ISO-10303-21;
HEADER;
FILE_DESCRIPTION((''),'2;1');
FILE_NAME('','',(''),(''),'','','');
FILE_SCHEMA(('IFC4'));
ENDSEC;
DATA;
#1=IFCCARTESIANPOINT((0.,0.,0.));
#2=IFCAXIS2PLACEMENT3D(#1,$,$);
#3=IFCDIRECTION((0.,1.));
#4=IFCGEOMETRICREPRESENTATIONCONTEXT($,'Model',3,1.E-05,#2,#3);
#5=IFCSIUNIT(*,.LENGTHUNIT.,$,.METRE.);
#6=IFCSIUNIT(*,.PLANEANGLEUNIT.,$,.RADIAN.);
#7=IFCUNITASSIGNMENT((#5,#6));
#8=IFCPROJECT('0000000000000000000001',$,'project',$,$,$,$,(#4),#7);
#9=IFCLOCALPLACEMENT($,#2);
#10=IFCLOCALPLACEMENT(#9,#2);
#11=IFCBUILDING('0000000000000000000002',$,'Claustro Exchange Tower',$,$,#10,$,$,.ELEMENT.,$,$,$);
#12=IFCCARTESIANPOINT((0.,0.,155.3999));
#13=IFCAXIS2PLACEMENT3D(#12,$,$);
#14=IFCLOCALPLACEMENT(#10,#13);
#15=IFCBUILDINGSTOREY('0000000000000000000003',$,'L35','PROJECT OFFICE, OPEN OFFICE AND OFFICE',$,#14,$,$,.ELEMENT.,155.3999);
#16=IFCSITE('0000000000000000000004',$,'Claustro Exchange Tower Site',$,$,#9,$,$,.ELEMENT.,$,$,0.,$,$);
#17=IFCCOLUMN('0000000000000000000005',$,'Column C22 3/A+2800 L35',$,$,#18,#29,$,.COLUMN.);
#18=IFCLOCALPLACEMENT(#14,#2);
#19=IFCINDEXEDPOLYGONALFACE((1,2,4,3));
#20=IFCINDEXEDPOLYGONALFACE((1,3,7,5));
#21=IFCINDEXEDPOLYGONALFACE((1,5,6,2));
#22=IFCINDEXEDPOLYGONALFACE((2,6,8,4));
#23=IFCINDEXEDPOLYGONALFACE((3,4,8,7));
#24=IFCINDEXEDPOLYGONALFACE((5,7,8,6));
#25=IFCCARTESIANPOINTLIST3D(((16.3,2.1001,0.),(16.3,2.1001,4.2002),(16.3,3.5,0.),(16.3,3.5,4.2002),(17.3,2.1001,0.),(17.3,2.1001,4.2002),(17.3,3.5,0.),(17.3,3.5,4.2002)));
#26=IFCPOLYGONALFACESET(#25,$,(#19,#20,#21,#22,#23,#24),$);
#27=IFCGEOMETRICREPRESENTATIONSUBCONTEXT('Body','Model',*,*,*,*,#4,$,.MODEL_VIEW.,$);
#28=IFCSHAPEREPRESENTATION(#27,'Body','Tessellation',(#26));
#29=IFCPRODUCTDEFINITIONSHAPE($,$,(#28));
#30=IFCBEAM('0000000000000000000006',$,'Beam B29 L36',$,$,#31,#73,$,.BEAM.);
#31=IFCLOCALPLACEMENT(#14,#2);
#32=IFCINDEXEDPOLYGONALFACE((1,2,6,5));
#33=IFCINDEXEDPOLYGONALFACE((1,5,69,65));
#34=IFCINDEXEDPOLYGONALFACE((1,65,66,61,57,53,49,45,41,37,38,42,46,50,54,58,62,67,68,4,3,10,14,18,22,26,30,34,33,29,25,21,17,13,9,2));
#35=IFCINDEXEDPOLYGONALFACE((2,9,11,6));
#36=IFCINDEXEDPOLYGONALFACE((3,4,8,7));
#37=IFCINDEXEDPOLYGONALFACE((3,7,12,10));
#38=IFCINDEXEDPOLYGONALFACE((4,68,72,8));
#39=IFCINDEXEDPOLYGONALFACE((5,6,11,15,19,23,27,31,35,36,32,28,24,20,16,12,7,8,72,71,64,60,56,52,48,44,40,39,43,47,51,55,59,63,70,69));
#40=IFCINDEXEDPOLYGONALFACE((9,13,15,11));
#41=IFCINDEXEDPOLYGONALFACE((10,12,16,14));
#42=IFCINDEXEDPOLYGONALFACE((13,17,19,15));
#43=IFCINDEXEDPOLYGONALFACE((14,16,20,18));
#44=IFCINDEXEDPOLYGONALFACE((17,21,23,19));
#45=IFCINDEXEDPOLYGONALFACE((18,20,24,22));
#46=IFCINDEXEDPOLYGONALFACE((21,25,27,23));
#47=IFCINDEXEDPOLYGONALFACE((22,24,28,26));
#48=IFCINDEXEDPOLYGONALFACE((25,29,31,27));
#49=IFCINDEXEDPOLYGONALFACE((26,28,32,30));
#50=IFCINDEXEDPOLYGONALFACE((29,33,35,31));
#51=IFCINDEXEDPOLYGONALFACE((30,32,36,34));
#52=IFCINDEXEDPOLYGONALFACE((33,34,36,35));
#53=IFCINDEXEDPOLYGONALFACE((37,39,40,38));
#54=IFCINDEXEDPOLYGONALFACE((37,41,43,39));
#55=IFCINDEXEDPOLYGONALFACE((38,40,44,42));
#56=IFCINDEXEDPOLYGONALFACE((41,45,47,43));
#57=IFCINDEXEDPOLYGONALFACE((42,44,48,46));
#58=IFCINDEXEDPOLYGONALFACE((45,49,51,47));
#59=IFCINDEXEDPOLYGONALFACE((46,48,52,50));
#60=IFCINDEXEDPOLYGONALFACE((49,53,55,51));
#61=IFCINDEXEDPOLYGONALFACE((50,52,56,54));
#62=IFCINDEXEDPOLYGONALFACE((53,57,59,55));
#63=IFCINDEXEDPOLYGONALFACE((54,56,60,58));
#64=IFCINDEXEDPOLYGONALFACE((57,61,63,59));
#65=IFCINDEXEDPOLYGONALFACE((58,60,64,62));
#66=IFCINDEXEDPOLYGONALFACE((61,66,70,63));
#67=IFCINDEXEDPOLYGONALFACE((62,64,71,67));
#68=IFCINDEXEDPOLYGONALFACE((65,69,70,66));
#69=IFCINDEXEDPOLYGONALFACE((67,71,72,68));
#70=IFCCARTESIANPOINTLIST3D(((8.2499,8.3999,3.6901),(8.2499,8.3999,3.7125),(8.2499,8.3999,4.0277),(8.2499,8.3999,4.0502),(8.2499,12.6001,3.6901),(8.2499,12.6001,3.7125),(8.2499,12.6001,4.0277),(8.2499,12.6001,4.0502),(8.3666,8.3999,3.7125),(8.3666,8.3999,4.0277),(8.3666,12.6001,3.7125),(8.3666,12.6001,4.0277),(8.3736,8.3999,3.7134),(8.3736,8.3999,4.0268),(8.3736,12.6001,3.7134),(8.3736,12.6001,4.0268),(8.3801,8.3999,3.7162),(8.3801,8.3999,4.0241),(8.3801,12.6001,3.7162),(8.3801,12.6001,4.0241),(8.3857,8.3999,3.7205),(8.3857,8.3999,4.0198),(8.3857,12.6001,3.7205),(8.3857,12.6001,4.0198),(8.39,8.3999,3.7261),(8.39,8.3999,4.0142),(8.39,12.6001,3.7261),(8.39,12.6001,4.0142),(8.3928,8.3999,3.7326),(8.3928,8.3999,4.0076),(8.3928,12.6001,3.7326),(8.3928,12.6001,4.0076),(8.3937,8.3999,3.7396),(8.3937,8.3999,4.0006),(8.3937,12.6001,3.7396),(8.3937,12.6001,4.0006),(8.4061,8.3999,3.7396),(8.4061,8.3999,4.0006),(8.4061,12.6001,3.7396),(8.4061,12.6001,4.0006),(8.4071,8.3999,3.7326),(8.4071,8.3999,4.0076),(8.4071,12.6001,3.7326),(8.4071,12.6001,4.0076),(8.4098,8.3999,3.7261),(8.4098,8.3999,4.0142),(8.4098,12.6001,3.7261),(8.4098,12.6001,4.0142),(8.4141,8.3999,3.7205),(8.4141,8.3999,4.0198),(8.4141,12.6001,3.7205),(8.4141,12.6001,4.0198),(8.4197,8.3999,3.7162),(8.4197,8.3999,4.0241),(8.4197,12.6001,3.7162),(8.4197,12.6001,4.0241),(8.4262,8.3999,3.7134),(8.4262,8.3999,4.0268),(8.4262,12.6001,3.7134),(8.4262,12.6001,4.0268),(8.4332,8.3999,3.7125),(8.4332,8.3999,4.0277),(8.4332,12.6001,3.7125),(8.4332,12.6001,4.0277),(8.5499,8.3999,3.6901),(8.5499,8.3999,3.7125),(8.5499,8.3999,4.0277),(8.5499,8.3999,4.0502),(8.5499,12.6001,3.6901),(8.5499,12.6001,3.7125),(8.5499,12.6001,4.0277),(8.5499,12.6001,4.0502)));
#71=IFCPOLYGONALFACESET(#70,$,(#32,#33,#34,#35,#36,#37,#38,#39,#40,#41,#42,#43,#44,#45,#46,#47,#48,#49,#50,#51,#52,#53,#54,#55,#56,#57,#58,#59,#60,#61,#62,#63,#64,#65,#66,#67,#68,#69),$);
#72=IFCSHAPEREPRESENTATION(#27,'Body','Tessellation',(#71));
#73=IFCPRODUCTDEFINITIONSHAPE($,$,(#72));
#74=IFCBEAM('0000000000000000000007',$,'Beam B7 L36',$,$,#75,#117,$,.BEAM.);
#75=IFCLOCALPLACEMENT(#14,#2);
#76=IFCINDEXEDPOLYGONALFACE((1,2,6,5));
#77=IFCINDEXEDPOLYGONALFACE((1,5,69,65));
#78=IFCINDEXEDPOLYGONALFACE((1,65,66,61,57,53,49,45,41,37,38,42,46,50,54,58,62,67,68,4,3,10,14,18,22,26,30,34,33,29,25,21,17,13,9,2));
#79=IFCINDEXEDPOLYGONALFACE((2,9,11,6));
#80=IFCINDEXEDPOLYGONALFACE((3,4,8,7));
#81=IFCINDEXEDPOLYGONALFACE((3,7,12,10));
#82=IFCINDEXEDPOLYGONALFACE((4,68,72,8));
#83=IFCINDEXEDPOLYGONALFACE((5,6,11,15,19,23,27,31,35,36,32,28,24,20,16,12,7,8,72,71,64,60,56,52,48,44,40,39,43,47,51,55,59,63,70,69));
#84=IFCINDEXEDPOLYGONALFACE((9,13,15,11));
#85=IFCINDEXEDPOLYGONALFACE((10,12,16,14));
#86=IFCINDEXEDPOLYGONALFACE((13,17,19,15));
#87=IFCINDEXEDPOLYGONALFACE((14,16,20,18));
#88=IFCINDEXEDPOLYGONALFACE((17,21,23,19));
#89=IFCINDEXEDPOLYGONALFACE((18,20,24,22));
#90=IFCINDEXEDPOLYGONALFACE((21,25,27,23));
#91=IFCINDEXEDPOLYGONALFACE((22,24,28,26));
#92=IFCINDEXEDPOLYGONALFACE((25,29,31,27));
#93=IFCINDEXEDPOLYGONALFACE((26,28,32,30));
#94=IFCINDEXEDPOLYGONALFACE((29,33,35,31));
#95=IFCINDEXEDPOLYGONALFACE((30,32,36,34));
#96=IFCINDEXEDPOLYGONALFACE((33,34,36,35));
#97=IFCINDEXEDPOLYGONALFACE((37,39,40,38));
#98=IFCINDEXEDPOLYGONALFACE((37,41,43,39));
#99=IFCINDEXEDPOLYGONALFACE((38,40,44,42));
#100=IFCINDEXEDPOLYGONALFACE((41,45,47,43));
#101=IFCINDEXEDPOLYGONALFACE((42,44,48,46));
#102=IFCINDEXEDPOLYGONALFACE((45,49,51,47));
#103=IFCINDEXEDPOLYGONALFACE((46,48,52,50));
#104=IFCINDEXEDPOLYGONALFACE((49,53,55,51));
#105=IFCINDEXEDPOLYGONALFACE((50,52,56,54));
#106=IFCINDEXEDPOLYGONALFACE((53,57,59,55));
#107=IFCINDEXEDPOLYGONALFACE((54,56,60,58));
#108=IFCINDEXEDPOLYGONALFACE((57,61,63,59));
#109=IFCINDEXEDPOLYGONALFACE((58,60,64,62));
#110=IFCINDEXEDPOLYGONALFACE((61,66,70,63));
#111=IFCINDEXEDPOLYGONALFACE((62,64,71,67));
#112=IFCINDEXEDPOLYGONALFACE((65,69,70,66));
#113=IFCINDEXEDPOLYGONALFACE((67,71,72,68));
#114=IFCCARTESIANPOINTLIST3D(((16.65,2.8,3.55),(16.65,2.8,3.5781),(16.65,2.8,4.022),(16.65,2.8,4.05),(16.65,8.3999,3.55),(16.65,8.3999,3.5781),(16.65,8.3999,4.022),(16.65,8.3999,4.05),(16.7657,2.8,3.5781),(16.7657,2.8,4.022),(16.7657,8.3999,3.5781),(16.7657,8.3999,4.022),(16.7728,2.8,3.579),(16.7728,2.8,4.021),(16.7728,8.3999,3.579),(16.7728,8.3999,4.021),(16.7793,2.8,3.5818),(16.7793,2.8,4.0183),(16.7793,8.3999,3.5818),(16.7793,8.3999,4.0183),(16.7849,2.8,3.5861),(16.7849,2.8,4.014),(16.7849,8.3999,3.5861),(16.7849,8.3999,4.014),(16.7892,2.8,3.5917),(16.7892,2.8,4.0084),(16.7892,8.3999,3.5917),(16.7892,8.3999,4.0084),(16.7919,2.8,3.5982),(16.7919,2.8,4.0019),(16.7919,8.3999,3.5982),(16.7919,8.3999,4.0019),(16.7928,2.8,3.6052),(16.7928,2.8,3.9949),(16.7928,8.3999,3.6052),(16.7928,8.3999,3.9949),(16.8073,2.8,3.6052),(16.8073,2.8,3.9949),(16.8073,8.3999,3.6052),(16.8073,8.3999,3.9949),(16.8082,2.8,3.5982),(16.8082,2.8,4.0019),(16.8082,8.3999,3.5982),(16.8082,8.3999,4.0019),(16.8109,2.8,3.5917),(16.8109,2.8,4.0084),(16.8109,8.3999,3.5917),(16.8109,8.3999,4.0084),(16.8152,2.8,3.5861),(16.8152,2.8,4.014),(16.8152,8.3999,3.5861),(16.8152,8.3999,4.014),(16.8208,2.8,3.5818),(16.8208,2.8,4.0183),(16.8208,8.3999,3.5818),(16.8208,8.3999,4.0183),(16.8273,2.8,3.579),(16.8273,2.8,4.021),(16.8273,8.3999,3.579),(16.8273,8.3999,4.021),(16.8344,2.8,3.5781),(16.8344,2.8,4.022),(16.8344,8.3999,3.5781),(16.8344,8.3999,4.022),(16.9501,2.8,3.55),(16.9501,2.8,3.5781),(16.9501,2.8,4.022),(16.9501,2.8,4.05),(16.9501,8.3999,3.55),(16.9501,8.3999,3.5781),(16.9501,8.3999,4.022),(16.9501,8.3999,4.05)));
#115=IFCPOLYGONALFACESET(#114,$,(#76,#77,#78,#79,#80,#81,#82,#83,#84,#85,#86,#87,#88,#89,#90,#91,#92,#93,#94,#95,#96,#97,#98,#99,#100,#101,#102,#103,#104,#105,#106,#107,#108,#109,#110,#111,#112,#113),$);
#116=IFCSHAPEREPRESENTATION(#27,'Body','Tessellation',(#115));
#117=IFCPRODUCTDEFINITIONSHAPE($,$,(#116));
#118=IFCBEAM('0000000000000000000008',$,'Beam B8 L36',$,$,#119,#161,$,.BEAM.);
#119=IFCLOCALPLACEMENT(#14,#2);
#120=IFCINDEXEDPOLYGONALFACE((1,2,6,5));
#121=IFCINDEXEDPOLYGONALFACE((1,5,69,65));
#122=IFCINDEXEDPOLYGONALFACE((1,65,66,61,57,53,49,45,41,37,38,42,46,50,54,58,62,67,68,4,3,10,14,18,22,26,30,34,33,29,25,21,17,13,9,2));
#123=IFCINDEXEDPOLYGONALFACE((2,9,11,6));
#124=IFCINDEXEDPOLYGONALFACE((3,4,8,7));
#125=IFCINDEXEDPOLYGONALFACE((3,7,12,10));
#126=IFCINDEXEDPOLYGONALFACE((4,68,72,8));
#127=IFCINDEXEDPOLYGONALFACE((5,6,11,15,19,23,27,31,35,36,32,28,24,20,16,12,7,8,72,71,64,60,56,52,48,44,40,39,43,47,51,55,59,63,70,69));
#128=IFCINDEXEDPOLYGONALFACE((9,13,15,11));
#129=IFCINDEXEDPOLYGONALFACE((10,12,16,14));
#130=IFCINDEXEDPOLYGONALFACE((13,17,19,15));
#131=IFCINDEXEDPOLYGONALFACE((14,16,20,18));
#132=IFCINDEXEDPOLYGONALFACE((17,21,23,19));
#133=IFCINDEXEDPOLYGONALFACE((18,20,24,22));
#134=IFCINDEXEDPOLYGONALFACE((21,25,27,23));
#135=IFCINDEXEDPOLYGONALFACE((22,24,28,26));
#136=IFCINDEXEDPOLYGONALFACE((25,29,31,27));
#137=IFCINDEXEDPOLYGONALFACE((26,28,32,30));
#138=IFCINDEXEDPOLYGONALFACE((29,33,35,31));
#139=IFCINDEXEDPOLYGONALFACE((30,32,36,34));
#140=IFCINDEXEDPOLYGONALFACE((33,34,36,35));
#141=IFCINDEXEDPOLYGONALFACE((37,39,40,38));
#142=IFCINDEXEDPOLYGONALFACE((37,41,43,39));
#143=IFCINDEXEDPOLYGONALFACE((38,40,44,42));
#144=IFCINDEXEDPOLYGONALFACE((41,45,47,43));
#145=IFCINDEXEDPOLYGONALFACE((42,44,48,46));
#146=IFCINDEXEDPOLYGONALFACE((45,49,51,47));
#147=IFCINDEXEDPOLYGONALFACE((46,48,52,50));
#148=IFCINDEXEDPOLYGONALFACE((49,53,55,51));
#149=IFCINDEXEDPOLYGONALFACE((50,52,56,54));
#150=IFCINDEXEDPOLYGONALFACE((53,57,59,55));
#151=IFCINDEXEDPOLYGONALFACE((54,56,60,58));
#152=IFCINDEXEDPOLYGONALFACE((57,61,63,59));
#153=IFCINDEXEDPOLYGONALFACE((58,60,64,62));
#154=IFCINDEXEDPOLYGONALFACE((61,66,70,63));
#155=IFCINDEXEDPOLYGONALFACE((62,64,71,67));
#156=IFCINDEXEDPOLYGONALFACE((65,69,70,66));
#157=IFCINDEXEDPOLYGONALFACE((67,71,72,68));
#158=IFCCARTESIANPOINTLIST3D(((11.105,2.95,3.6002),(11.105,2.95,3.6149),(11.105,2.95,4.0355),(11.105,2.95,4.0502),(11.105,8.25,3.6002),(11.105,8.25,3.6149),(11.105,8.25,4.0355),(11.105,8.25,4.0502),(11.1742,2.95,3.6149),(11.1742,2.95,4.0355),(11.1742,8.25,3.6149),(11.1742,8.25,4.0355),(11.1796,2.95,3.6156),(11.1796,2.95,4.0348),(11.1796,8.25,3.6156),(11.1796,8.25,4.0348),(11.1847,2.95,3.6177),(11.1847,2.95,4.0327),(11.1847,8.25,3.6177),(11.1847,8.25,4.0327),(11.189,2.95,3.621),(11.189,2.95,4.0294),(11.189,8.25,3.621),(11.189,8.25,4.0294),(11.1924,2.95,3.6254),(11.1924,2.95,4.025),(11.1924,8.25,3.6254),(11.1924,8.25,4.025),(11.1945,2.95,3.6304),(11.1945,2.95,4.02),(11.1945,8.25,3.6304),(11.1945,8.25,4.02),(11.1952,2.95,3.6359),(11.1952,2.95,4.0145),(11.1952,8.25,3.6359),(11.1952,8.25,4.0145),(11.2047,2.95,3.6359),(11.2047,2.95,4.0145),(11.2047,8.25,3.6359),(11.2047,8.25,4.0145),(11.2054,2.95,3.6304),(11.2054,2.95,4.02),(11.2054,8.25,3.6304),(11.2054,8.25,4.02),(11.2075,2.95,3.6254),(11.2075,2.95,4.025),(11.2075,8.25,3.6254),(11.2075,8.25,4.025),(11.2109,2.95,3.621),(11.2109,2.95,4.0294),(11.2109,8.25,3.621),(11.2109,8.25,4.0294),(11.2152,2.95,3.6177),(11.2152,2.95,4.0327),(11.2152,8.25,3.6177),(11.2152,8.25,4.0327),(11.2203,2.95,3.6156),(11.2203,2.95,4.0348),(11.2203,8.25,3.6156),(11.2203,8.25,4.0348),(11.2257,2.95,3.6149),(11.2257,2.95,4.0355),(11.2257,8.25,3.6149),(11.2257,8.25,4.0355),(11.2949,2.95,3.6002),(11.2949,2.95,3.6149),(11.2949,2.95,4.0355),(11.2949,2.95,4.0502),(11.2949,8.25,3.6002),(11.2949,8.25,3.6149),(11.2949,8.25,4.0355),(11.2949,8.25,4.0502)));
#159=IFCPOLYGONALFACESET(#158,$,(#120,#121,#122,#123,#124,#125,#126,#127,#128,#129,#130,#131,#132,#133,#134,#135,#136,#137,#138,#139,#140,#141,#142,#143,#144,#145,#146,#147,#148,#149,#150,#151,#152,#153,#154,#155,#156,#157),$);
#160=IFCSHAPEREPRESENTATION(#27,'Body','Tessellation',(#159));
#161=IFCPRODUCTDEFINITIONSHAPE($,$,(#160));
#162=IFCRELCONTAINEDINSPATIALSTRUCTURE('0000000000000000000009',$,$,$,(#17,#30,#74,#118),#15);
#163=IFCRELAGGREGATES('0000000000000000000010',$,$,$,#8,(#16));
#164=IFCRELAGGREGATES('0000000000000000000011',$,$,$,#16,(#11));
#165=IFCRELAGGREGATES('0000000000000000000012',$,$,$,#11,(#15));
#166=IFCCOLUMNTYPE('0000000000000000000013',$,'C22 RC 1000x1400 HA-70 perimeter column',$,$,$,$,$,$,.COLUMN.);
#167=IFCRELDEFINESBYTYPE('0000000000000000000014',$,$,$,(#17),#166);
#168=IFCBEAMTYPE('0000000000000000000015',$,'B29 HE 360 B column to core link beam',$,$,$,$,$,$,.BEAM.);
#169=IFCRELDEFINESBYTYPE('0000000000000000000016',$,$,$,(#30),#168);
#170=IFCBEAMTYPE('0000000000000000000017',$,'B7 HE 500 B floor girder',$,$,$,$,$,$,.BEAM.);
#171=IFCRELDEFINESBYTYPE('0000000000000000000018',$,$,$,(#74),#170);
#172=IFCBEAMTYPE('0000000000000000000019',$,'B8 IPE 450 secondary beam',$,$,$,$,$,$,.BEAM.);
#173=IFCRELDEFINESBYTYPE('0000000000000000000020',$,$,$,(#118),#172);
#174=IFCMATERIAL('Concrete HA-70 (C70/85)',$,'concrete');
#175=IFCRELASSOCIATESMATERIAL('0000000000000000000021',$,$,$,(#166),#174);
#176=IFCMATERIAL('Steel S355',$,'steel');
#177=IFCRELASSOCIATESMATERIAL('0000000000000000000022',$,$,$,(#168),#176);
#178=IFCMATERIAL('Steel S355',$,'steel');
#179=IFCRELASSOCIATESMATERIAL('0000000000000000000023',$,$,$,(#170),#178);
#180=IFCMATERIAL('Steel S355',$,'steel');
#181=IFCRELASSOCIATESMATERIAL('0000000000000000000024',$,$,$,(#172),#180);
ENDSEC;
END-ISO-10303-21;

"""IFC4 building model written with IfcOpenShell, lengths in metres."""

from ifc_helpers import new_model, si_unit, direction, frame, origin, origin_2d, place, context, subcontext, project, spatial, rectangle, i_section, extrude, material, material_profile, profile_set, type_object, element, save


model = new_model("IFC4")

# Units and contexts
model_context = context("Model", 3, precision=1e-05, world=origin(), true_north=direction((0.0, 1.0)))
body_context = subcontext(model_context, "Body", "Model", "MODEL_VIEW")
ifc_project = project(units=[si_unit("LENGTHUNIT", "METRE"), si_unit("PLANEANGLEUNIT", "RADIAN")], contexts=[model_context])

# Site, building, storey
site_placement = place(None, origin())
site = spatial("IfcSite", under=ifc_project, at=site_placement, Name="Claustro Exchange Tower Site", CompositionType="ELEMENT", RefElevation=0.0)
building_placement = place(site_placement, origin())
building = spatial("IfcBuilding", under=site, at=building_placement, Name="Claustro Exchange Tower", CompositionType="ELEMENT")
storey_placement = place(building_placement, frame((0.0, 0.0, 155.3999)))
storey = spatial("IfcBuildingStorey", under=building, at=storey_placement, Name="L35", Description="PROJECT OFFICE, OPEN OFFICE AND OFFICE", CompositionType="ELEMENT", Elevation=155.3999)

# Column
ifc_material_1 = material(Name="Concrete HA-70 (C70/85)", Category="concrete")
ifc_material_profile_1 = material_profile(ifc_material_1, rectangle(XDim=1.0, YDim=1.3999, at=origin_2d()), Name="RC 1000x1400")
ifc_profile_set_1 = profile_set([ifc_material_profile_1], Name="Concrete HA-70 (C70/85)")
column_type = type_object("IfcColumnType", Name="C22 RC 1000x1400 HA-70 perimeter column", PredefinedType="COLUMN", material=ifc_profile_set_1)
column_placement = place(storey_placement, frame((16.8, 2.8, 0.0), z_axis=(0.0, 0.0, 1.0), x_axis=(1.0, 0.0, 0.0)))
element("IfcColumn", 1, at=column_placement, inside=storey, type_object=column_type, Name="Column C22 3/A+2800 L35", PredefinedType="COLUMN", context=body_context, shape_type="SweptSolid", body=[
    extrude(rectangle(XDim=1.0, YDim=1.3999, at=origin_2d()), origin(), (0.0, 0.0, 1.0), 4.2002),
])

# Beams
ifc_material_2 = material(Name="Steel S355", Category="steel")
ifc_material_profile_2 = material_profile(ifc_material_2, i_section(OverallWidth=0.3, OverallDepth=0.3601, WebThickness=0.0125, FlangeThickness=0.0225, FilletRadius=0.0271, at=origin_2d()), Name="HE 360 B")
ifc_profile_set_2 = profile_set([ifc_material_profile_2], Name="Steel S355")
beam_type_1 = type_object("IfcBeamType", Name="B29 HE 360 B column to core link beam", PredefinedType="BEAM", material=ifc_profile_set_2)
beam_1_placement = place(storey_placement, frame((8.3999, 8.3999, 3.8701), z_axis=(0.0, 1.0, 0.0), x_axis=(-1.0, 0.0, 0.0)))
element("IfcBeam", 2, at=beam_1_placement, inside=storey, type_object=beam_type_1, Name="Beam B29 L36", PredefinedType="BEAM", context=body_context, shape_type="SweptSolid", body=[
    extrude(i_section(OverallWidth=0.3, OverallDepth=0.3601, WebThickness=0.0125, FlangeThickness=0.0225, FilletRadius=0.0271, at=origin_2d()), origin(), (0.0, 0.0, 1.0), 4.2002),
])
ifc_material_3 = material(Name="Steel S355", Category="steel")
ifc_material_profile_3 = material_profile(ifc_material_3, i_section(OverallWidth=0.3, OverallDepth=0.5, WebThickness=0.0144, FlangeThickness=0.0281, FilletRadius=0.0271, at=origin_2d()), Name="HE 500 B")
ifc_profile_set_3 = profile_set([ifc_material_profile_3], Name="Steel S355")
beam_type_2 = type_object("IfcBeamType", Name="B7 HE 500 B floor girder", PredefinedType="BEAM", material=ifc_profile_set_3)
beam_2_placement = place(storey_placement, frame((16.8, 2.8, 3.8), z_axis=(0.0, 1.0, 0.0), x_axis=(-1.0, 0.0, 0.0)))
element("IfcBeam", 3, at=beam_2_placement, inside=storey, type_object=beam_type_2, Name="Beam B7 L36", PredefinedType="BEAM", context=body_context, shape_type="SweptSolid", body=[
    extrude(i_section(OverallWidth=0.3, OverallDepth=0.5, WebThickness=0.0144, FlangeThickness=0.0281, FilletRadius=0.0271, at=origin_2d()), origin(), (0.0, 0.0, 1.0), 5.5999),
])
ifc_material_4 = material(Name="Steel S355", Category="steel")
ifc_material_profile_4 = material_profile(ifc_material_4, i_section(OverallWidth=0.1899, OverallDepth=0.45, WebThickness=0.0095, FlangeThickness=0.0146, FilletRadius=0.021, at=origin_2d()), Name="IPE 450")
ifc_profile_set_4 = profile_set([ifc_material_profile_4], Name="Steel S355")
beam_type_3 = type_object("IfcBeamType", Name="B8 IPE 450 secondary beam", PredefinedType="BEAM", material=ifc_profile_set_4)
for number, where, z_axis, x_axis, name in (
    (4, (11.2, 2.95, 3.8252), (0.0, 1.0, 0.0), (-1.0, 0.0, 0.0), "Beam B8 L36"),
):
    element("IfcBeam", number, at=place(storey_placement, frame(where, z_axis=z_axis, x_axis=x_axis)), inside=storey, type_object=beam_type_3, Name=name, PredefinedType="BEAM", context=body_context, shape_type="SweptSolid", body=[
        extrude(i_section(OverallWidth=0.1899, OverallDepth=0.45, WebThickness=0.0095, FlangeThickness=0.0146, FilletRadius=0.021, at=origin_2d()), origin(), (0.0, 0.0, 1.0), 5.3),
    ])

save(model, "model.ifc")
